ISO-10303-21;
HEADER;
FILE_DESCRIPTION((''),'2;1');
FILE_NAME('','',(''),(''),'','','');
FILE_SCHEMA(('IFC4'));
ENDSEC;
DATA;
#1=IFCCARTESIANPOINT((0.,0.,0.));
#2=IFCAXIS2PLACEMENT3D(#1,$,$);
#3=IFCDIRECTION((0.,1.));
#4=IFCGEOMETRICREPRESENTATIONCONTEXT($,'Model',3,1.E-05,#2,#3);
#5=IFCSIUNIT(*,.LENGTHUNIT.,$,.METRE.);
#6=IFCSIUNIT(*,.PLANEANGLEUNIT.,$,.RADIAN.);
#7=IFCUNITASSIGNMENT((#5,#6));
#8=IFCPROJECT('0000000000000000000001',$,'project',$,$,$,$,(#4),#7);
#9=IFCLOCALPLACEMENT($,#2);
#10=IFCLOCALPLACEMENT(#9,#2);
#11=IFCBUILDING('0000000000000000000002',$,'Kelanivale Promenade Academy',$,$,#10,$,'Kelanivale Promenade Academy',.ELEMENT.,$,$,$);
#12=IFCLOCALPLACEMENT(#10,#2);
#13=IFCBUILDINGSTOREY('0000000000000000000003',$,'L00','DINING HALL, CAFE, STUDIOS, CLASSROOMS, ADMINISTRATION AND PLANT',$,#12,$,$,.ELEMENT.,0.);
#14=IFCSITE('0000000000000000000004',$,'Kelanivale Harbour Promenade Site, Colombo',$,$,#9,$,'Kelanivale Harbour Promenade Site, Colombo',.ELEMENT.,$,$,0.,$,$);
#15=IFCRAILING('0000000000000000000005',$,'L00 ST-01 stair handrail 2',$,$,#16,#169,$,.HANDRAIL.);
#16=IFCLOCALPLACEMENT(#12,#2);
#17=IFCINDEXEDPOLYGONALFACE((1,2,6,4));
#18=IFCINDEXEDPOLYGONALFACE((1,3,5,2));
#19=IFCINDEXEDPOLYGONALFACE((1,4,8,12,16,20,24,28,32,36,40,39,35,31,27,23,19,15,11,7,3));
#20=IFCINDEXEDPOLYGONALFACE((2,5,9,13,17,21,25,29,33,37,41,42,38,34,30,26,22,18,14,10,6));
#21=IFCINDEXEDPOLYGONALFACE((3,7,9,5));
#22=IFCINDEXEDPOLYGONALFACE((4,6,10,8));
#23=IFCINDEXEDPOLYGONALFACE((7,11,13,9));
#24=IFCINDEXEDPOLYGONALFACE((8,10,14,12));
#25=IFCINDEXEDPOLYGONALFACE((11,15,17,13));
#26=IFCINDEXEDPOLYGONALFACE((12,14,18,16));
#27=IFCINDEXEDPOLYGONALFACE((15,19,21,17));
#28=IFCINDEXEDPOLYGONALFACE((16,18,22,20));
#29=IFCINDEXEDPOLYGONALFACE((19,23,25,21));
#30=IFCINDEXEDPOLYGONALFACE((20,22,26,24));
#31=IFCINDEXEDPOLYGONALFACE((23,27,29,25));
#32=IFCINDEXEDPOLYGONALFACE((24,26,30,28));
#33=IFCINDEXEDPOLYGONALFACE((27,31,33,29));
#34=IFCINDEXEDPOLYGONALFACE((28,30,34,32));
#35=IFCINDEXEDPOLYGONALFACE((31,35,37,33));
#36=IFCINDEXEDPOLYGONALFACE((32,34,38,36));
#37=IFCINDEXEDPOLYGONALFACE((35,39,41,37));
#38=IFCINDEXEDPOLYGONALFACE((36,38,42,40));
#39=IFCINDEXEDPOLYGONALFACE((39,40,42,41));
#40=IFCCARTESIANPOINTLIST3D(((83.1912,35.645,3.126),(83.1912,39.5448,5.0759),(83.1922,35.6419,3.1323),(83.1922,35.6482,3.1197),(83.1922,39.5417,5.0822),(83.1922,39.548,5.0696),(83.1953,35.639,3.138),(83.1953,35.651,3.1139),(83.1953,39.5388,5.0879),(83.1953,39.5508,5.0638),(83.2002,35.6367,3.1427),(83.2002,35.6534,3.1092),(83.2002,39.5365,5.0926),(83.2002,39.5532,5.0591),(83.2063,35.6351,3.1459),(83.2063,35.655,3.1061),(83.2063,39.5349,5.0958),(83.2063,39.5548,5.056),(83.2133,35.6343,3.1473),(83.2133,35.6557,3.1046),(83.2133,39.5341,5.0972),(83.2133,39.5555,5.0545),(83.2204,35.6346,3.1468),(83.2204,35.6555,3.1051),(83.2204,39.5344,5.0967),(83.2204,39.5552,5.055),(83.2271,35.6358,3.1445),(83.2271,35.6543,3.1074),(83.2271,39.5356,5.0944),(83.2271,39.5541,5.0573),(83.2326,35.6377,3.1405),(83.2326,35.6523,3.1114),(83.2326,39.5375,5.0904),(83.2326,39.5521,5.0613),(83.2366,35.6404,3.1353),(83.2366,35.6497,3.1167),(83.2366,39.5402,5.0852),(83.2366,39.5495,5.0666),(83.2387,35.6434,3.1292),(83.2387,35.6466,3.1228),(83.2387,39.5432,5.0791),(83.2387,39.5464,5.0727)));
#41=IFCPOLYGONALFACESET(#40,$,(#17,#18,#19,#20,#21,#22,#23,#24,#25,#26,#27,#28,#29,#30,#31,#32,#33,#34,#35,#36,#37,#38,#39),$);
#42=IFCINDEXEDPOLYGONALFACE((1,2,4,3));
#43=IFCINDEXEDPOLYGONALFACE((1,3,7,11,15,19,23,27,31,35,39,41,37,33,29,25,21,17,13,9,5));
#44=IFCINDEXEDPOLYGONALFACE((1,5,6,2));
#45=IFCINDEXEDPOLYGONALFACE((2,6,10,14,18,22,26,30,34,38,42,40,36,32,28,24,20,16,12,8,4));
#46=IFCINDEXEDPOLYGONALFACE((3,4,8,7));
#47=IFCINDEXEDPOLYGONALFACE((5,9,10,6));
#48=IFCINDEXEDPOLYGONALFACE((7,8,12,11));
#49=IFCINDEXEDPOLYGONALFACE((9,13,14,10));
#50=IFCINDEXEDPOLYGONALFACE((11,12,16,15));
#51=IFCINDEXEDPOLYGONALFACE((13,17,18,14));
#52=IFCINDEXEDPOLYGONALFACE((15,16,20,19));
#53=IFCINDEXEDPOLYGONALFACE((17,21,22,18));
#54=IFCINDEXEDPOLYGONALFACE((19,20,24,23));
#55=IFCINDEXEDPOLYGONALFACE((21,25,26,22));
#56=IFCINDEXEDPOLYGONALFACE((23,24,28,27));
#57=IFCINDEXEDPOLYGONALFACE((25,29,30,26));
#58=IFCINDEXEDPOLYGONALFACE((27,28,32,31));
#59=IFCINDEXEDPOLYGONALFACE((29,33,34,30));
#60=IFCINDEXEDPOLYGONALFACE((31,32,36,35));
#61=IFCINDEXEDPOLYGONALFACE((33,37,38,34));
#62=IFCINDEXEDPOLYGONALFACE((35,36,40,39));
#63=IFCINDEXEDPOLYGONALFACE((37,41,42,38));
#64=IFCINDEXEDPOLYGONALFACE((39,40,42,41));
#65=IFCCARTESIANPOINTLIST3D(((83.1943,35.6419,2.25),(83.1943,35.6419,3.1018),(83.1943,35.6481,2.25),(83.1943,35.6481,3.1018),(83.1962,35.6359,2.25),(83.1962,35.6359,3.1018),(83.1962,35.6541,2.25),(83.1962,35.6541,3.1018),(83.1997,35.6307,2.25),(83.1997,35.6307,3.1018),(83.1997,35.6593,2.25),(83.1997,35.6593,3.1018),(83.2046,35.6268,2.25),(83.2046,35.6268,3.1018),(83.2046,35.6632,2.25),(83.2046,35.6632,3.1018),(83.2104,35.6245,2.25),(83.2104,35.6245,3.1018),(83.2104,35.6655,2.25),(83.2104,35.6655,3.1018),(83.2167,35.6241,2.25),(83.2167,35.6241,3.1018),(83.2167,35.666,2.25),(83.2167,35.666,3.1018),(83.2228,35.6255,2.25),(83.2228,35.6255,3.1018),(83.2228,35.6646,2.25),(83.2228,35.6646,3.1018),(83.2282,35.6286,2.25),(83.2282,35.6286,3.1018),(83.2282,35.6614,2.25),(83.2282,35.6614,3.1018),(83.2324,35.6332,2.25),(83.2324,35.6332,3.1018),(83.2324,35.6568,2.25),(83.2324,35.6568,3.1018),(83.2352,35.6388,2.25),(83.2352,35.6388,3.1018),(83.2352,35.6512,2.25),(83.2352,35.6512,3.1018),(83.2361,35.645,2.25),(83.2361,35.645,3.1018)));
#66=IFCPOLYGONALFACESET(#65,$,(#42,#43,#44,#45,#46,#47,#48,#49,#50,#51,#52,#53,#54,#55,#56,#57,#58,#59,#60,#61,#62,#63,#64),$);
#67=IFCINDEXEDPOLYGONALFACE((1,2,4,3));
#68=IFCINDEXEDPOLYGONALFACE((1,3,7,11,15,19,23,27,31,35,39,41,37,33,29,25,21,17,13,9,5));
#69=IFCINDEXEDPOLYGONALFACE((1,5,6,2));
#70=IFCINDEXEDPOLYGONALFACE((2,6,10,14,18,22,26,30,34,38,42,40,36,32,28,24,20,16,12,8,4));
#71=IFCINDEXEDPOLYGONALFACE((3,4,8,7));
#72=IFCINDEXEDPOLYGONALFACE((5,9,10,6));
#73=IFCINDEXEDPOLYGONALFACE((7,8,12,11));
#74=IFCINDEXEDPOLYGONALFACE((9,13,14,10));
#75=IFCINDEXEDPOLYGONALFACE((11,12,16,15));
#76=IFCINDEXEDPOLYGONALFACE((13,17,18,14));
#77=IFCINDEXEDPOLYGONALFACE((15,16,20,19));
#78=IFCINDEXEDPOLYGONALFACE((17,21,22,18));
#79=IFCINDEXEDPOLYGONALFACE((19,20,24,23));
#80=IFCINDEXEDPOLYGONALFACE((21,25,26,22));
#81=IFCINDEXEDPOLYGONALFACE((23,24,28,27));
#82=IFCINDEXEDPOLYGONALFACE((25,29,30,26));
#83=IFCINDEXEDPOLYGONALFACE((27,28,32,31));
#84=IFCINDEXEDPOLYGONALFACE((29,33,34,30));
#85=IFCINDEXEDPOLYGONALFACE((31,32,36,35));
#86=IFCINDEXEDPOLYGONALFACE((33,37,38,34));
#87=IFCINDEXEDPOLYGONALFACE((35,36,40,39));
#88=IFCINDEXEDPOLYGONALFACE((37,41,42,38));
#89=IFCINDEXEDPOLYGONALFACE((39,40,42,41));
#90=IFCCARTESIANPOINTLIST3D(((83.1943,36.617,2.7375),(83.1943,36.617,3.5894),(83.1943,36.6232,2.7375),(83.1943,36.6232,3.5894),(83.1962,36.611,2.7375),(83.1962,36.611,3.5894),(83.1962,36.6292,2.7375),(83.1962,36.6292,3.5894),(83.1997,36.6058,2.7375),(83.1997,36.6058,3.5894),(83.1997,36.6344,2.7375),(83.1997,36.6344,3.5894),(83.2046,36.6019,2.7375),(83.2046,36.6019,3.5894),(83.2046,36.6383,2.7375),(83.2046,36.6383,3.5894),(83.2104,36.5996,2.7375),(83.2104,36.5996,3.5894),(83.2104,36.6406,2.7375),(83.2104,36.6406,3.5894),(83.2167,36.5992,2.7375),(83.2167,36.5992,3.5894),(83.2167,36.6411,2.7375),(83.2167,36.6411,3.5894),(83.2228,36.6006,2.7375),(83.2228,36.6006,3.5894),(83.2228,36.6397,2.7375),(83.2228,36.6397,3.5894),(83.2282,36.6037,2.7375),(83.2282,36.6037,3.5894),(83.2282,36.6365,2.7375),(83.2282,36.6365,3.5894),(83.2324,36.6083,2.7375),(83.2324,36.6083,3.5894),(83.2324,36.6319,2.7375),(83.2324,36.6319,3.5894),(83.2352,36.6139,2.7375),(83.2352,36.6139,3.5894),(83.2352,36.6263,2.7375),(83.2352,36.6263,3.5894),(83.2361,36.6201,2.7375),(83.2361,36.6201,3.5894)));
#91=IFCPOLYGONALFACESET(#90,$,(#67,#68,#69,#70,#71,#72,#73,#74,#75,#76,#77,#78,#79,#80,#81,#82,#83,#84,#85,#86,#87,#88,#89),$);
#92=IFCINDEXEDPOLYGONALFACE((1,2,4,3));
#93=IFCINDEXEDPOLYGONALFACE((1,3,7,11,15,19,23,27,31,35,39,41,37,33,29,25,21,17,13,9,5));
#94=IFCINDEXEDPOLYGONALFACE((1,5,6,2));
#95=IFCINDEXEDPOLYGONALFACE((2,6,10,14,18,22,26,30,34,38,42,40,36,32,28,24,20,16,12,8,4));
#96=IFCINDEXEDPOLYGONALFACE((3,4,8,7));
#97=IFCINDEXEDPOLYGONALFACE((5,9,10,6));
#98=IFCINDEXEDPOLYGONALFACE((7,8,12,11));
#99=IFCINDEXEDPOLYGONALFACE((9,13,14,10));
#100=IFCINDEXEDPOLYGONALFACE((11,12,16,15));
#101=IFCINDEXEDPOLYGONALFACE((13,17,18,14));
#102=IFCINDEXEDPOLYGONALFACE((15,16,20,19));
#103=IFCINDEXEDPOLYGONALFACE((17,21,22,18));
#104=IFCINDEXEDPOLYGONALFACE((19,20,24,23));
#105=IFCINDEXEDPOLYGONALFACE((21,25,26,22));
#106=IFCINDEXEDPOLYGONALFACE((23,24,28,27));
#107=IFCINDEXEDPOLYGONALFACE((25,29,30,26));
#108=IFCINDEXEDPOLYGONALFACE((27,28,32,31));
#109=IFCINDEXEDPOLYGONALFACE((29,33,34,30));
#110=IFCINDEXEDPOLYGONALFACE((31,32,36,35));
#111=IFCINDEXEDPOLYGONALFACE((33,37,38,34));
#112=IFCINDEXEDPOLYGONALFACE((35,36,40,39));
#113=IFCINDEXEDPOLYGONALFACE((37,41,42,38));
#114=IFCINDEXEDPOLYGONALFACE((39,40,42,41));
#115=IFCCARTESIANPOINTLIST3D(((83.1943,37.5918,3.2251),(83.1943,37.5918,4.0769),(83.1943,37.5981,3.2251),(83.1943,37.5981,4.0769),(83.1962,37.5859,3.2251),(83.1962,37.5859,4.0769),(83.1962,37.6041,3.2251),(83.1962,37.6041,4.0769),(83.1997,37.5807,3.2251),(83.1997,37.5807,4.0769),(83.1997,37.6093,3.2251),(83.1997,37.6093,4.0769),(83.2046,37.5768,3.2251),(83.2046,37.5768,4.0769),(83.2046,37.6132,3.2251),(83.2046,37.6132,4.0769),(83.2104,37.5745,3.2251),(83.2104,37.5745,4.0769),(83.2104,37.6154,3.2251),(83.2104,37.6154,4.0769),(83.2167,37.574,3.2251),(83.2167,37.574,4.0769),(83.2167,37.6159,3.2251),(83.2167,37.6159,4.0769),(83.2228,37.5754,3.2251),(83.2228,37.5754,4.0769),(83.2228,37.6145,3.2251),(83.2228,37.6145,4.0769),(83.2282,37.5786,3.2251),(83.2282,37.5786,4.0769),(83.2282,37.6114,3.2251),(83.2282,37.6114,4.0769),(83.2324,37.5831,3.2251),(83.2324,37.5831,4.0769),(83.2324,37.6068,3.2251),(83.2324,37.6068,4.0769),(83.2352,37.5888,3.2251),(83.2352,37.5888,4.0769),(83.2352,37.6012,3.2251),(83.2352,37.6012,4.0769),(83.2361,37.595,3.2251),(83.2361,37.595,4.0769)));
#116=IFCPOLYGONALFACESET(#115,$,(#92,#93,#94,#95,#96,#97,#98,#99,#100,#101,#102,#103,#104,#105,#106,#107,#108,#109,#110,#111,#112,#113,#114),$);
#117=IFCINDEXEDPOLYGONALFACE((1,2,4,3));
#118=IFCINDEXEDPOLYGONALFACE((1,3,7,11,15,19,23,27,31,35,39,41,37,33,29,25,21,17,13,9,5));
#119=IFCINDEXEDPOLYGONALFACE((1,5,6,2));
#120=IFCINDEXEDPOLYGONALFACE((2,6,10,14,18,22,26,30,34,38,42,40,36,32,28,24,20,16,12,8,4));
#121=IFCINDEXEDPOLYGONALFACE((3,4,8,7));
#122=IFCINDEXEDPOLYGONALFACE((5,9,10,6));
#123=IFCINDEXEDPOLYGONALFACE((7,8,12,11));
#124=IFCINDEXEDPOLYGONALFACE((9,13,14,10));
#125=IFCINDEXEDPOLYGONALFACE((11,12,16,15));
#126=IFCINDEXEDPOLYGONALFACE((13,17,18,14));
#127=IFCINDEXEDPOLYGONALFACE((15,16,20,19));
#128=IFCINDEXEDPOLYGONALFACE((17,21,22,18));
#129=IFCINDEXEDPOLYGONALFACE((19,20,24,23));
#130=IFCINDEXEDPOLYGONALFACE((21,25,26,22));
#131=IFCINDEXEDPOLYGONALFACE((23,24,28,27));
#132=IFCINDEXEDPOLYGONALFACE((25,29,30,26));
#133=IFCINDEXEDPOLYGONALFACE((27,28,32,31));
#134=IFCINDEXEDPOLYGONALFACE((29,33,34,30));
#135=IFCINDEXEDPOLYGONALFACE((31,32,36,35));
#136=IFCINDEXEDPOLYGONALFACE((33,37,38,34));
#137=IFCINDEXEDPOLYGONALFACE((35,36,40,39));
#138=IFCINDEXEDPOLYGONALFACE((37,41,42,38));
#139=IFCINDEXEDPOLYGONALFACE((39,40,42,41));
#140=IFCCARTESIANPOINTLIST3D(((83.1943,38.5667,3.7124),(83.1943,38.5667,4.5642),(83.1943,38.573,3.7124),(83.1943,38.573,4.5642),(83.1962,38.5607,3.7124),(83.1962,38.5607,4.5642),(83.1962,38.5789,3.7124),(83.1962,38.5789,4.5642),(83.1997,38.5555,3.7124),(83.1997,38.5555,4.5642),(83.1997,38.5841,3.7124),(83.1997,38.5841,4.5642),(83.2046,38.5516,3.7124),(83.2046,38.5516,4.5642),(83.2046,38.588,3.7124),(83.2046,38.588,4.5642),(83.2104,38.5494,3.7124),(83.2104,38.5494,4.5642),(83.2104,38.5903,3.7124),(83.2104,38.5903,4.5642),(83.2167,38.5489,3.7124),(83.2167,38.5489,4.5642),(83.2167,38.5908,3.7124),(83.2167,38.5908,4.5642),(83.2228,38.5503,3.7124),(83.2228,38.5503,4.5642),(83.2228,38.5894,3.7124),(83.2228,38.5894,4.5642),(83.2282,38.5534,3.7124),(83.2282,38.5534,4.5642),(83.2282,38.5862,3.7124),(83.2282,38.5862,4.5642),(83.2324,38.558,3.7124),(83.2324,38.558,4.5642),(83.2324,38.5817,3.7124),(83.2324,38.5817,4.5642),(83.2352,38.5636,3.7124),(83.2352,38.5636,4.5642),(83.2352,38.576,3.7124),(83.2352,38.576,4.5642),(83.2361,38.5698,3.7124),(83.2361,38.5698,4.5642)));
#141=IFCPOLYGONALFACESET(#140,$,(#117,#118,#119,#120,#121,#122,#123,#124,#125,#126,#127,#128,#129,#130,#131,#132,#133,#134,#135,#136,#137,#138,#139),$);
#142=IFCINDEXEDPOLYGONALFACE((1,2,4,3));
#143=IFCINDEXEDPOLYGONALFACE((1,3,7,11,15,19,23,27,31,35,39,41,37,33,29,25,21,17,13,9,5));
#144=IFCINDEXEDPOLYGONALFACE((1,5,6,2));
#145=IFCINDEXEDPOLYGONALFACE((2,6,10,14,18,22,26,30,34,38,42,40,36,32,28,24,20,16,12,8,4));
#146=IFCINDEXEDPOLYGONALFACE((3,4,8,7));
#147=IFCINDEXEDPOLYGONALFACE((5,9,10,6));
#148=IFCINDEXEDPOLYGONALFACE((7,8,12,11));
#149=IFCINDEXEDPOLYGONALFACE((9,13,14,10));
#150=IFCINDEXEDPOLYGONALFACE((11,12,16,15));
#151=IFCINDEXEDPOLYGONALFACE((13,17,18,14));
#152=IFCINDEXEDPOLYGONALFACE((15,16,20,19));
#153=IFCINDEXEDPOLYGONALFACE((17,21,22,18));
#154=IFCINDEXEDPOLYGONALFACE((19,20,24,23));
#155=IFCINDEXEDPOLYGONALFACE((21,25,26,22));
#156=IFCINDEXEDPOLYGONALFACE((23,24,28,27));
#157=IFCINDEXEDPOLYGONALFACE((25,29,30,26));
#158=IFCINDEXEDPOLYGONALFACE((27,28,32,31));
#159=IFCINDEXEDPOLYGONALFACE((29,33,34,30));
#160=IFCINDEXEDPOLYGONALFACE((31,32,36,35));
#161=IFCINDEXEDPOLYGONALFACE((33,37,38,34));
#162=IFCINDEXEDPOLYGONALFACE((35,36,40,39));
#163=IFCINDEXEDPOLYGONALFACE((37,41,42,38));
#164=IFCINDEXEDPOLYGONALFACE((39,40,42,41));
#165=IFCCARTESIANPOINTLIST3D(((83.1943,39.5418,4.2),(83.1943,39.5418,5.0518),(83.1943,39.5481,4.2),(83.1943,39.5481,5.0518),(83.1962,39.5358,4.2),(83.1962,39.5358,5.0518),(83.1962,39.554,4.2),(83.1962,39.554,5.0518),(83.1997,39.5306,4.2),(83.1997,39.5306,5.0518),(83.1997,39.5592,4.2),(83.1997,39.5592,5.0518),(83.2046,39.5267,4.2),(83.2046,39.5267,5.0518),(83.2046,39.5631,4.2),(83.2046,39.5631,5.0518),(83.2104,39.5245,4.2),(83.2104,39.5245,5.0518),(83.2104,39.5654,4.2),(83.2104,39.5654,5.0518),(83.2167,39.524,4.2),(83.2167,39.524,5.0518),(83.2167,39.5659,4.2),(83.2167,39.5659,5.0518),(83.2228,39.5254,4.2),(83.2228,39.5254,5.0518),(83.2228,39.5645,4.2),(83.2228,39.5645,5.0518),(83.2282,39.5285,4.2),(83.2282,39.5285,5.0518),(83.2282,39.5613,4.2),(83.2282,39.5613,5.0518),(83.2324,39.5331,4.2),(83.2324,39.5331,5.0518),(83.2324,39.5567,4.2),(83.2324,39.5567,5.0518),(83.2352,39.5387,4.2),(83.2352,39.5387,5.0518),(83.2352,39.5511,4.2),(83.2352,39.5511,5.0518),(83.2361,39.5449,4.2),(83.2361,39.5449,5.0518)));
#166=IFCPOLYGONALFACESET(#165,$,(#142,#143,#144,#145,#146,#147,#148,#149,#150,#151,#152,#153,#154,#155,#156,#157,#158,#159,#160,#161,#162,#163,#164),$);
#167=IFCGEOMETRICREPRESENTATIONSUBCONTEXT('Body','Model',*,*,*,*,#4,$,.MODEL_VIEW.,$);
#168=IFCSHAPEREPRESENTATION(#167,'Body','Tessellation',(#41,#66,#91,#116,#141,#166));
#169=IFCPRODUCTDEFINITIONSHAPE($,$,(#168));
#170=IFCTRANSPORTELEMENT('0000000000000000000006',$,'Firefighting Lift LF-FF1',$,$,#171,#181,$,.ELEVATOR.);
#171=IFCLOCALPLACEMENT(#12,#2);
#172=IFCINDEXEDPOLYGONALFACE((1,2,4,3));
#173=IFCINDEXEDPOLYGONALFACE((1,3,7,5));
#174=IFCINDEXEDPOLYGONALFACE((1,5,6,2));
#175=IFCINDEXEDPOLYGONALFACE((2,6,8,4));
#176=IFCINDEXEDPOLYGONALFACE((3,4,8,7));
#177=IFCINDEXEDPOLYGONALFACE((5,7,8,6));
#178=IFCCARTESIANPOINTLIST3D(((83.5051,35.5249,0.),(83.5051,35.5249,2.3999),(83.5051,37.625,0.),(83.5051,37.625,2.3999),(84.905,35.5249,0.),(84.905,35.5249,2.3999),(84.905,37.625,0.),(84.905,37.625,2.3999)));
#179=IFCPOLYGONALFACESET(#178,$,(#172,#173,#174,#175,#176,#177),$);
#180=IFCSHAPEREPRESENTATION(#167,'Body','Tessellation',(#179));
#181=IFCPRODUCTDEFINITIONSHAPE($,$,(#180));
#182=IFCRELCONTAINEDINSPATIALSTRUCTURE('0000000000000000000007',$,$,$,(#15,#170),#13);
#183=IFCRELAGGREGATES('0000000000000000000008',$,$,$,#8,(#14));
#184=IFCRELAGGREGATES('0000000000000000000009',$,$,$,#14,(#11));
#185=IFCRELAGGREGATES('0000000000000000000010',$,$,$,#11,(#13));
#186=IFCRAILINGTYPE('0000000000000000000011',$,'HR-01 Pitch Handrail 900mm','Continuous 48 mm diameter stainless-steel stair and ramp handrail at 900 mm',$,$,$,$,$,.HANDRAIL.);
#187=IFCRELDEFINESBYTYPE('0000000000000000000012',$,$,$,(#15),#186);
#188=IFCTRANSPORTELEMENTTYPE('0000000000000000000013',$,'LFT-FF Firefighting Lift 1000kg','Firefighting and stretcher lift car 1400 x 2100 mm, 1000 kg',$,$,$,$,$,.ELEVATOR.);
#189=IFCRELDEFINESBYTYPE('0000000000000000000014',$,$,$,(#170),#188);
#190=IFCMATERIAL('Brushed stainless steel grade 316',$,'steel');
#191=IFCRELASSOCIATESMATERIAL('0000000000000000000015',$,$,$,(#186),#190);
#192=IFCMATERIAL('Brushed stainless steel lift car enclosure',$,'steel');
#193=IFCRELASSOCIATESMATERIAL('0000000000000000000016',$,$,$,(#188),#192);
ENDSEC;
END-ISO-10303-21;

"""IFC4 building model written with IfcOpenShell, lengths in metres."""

from ifc_helpers import new_model, si_unit, direction, frame, origin, origin_2d, place, context, subcontext, project, spatial, rectangle, circle, extrude, material, type_object, element, save


model = new_model("IFC4")

# Units and contexts
model_context = context("Model", 3, precision=1e-05, world=origin(), true_north=direction((0.0, 1.0)))
body_context = subcontext(model_context, "Body", "Model", "MODEL_VIEW")
ifc_project = project(units=[si_unit("LENGTHUNIT", "METRE"), si_unit("PLANEANGLEUNIT", "RADIAN")], contexts=[model_context])

# Site, building, storey
site_placement = place(None, origin())
site = spatial("IfcSite", under=ifc_project, at=site_placement, Name="Kelanivale Harbour Promenade Site, Colombo", LongName="Kelanivale Harbour Promenade Site, Colombo", CompositionType="ELEMENT", RefElevation=0.0)
building_placement = place(site_placement, origin())
building = spatial("IfcBuilding", under=site, at=building_placement, Name="Kelanivale Promenade Academy", LongName="Kelanivale Promenade Academy", CompositionType="ELEMENT")
storey_placement = place(building_placement, origin())
storey = spatial("IfcBuildingStorey", under=building, at=storey_placement, Name="L00", Description="DINING HALL, CAFE, STUDIOS, CLASSROOMS, ADMINISTRATION AND PLANT", CompositionType="ELEMENT", Elevation=0.0)

# Railing
ifc_material_1 = material(Name="Brushed stainless steel grade 316", Category="steel")
railing_type_1 = type_object("IfcRailingType", Name="HR-01 Pitch Handrail 900mm", Description="Continuous 48 mm diameter stainless-steel stair and ramp handrail at 900 mm", PredefinedType="HANDRAIL", material=ifc_material_1)
railing_1_placement = place(storey_placement, frame((83.2151, 35.645, 2.25)))
element("IfcRailing", 1, at=railing_1_placement, inside=storey, type_object=railing_type_1, Name="L00 ST-01 stair handrail 2", PredefinedType="HANDRAIL", context=body_context, shape_type="SweptSolid", body=[
    extrude(circle(Radius=0.0239, at=origin_2d()), frame((0.0, 0.0, 0.876), z_axis=(0.0, 0.894427, 0.447214), x_axis=(-1.0, 0.0, 0.0)), (0.0, 0.0, 1.0), 4.3601),
    extrude(circle(Radius=0.021, at=origin_2d()), origin(), (0.0, 0.0, 1.0), 0.8518),
    extrude(circle(Radius=0.021, at=origin_2d()), frame((0.0, 0.9751, 0.4875)), (0.0, 0.0, 1.0), 0.8518),
    extrude(circle(Radius=0.021, at=origin_2d()), frame((0.0, 1.95, 0.9751)), (0.0, 0.0, 1.0), 0.8518),
    extrude(circle(Radius=0.021, at=origin_2d()), frame((0.0, 2.9248, 1.4624)), (0.0, 0.0, 1.0), 0.8518),
    extrude(circle(Radius=0.021, at=origin_2d()), frame((0.0, 3.8999, 1.95)), (0.0, 0.0, 1.0), 0.8518),
])

# Transport element
ifc_material_2 = material(Name="Brushed stainless steel lift car enclosure", Category="steel")
transport_element_type = type_object("IfcTransportElementType", Name="LFT-FF Firefighting Lift 1000kg", Description="Firefighting and stretcher lift car 1400 x 2100 mm, 1000 kg", PredefinedType="ELEVATOR", material=ifc_material_2)
transport_element_placement = place(storey_placement, frame((84.2051, 36.575, 0.0), z_axis=(0.0, 0.0, 1.0), x_axis=(1.0, 0.0, 0.0)))
element("IfcTransportElement", 2, at=transport_element_placement, inside=storey, type_object=transport_element_type, Name="Firefighting Lift LF-FF1", PredefinedType="ELEVATOR", context=body_context, shape_type="SweptSolid", body=[
    extrude(rectangle(XDim=1.3999, YDim=2.1001, at=origin_2d()), origin(), (0.0, 0.0, 1.0), 2.3999),
])

save(model, "model.ifc")
